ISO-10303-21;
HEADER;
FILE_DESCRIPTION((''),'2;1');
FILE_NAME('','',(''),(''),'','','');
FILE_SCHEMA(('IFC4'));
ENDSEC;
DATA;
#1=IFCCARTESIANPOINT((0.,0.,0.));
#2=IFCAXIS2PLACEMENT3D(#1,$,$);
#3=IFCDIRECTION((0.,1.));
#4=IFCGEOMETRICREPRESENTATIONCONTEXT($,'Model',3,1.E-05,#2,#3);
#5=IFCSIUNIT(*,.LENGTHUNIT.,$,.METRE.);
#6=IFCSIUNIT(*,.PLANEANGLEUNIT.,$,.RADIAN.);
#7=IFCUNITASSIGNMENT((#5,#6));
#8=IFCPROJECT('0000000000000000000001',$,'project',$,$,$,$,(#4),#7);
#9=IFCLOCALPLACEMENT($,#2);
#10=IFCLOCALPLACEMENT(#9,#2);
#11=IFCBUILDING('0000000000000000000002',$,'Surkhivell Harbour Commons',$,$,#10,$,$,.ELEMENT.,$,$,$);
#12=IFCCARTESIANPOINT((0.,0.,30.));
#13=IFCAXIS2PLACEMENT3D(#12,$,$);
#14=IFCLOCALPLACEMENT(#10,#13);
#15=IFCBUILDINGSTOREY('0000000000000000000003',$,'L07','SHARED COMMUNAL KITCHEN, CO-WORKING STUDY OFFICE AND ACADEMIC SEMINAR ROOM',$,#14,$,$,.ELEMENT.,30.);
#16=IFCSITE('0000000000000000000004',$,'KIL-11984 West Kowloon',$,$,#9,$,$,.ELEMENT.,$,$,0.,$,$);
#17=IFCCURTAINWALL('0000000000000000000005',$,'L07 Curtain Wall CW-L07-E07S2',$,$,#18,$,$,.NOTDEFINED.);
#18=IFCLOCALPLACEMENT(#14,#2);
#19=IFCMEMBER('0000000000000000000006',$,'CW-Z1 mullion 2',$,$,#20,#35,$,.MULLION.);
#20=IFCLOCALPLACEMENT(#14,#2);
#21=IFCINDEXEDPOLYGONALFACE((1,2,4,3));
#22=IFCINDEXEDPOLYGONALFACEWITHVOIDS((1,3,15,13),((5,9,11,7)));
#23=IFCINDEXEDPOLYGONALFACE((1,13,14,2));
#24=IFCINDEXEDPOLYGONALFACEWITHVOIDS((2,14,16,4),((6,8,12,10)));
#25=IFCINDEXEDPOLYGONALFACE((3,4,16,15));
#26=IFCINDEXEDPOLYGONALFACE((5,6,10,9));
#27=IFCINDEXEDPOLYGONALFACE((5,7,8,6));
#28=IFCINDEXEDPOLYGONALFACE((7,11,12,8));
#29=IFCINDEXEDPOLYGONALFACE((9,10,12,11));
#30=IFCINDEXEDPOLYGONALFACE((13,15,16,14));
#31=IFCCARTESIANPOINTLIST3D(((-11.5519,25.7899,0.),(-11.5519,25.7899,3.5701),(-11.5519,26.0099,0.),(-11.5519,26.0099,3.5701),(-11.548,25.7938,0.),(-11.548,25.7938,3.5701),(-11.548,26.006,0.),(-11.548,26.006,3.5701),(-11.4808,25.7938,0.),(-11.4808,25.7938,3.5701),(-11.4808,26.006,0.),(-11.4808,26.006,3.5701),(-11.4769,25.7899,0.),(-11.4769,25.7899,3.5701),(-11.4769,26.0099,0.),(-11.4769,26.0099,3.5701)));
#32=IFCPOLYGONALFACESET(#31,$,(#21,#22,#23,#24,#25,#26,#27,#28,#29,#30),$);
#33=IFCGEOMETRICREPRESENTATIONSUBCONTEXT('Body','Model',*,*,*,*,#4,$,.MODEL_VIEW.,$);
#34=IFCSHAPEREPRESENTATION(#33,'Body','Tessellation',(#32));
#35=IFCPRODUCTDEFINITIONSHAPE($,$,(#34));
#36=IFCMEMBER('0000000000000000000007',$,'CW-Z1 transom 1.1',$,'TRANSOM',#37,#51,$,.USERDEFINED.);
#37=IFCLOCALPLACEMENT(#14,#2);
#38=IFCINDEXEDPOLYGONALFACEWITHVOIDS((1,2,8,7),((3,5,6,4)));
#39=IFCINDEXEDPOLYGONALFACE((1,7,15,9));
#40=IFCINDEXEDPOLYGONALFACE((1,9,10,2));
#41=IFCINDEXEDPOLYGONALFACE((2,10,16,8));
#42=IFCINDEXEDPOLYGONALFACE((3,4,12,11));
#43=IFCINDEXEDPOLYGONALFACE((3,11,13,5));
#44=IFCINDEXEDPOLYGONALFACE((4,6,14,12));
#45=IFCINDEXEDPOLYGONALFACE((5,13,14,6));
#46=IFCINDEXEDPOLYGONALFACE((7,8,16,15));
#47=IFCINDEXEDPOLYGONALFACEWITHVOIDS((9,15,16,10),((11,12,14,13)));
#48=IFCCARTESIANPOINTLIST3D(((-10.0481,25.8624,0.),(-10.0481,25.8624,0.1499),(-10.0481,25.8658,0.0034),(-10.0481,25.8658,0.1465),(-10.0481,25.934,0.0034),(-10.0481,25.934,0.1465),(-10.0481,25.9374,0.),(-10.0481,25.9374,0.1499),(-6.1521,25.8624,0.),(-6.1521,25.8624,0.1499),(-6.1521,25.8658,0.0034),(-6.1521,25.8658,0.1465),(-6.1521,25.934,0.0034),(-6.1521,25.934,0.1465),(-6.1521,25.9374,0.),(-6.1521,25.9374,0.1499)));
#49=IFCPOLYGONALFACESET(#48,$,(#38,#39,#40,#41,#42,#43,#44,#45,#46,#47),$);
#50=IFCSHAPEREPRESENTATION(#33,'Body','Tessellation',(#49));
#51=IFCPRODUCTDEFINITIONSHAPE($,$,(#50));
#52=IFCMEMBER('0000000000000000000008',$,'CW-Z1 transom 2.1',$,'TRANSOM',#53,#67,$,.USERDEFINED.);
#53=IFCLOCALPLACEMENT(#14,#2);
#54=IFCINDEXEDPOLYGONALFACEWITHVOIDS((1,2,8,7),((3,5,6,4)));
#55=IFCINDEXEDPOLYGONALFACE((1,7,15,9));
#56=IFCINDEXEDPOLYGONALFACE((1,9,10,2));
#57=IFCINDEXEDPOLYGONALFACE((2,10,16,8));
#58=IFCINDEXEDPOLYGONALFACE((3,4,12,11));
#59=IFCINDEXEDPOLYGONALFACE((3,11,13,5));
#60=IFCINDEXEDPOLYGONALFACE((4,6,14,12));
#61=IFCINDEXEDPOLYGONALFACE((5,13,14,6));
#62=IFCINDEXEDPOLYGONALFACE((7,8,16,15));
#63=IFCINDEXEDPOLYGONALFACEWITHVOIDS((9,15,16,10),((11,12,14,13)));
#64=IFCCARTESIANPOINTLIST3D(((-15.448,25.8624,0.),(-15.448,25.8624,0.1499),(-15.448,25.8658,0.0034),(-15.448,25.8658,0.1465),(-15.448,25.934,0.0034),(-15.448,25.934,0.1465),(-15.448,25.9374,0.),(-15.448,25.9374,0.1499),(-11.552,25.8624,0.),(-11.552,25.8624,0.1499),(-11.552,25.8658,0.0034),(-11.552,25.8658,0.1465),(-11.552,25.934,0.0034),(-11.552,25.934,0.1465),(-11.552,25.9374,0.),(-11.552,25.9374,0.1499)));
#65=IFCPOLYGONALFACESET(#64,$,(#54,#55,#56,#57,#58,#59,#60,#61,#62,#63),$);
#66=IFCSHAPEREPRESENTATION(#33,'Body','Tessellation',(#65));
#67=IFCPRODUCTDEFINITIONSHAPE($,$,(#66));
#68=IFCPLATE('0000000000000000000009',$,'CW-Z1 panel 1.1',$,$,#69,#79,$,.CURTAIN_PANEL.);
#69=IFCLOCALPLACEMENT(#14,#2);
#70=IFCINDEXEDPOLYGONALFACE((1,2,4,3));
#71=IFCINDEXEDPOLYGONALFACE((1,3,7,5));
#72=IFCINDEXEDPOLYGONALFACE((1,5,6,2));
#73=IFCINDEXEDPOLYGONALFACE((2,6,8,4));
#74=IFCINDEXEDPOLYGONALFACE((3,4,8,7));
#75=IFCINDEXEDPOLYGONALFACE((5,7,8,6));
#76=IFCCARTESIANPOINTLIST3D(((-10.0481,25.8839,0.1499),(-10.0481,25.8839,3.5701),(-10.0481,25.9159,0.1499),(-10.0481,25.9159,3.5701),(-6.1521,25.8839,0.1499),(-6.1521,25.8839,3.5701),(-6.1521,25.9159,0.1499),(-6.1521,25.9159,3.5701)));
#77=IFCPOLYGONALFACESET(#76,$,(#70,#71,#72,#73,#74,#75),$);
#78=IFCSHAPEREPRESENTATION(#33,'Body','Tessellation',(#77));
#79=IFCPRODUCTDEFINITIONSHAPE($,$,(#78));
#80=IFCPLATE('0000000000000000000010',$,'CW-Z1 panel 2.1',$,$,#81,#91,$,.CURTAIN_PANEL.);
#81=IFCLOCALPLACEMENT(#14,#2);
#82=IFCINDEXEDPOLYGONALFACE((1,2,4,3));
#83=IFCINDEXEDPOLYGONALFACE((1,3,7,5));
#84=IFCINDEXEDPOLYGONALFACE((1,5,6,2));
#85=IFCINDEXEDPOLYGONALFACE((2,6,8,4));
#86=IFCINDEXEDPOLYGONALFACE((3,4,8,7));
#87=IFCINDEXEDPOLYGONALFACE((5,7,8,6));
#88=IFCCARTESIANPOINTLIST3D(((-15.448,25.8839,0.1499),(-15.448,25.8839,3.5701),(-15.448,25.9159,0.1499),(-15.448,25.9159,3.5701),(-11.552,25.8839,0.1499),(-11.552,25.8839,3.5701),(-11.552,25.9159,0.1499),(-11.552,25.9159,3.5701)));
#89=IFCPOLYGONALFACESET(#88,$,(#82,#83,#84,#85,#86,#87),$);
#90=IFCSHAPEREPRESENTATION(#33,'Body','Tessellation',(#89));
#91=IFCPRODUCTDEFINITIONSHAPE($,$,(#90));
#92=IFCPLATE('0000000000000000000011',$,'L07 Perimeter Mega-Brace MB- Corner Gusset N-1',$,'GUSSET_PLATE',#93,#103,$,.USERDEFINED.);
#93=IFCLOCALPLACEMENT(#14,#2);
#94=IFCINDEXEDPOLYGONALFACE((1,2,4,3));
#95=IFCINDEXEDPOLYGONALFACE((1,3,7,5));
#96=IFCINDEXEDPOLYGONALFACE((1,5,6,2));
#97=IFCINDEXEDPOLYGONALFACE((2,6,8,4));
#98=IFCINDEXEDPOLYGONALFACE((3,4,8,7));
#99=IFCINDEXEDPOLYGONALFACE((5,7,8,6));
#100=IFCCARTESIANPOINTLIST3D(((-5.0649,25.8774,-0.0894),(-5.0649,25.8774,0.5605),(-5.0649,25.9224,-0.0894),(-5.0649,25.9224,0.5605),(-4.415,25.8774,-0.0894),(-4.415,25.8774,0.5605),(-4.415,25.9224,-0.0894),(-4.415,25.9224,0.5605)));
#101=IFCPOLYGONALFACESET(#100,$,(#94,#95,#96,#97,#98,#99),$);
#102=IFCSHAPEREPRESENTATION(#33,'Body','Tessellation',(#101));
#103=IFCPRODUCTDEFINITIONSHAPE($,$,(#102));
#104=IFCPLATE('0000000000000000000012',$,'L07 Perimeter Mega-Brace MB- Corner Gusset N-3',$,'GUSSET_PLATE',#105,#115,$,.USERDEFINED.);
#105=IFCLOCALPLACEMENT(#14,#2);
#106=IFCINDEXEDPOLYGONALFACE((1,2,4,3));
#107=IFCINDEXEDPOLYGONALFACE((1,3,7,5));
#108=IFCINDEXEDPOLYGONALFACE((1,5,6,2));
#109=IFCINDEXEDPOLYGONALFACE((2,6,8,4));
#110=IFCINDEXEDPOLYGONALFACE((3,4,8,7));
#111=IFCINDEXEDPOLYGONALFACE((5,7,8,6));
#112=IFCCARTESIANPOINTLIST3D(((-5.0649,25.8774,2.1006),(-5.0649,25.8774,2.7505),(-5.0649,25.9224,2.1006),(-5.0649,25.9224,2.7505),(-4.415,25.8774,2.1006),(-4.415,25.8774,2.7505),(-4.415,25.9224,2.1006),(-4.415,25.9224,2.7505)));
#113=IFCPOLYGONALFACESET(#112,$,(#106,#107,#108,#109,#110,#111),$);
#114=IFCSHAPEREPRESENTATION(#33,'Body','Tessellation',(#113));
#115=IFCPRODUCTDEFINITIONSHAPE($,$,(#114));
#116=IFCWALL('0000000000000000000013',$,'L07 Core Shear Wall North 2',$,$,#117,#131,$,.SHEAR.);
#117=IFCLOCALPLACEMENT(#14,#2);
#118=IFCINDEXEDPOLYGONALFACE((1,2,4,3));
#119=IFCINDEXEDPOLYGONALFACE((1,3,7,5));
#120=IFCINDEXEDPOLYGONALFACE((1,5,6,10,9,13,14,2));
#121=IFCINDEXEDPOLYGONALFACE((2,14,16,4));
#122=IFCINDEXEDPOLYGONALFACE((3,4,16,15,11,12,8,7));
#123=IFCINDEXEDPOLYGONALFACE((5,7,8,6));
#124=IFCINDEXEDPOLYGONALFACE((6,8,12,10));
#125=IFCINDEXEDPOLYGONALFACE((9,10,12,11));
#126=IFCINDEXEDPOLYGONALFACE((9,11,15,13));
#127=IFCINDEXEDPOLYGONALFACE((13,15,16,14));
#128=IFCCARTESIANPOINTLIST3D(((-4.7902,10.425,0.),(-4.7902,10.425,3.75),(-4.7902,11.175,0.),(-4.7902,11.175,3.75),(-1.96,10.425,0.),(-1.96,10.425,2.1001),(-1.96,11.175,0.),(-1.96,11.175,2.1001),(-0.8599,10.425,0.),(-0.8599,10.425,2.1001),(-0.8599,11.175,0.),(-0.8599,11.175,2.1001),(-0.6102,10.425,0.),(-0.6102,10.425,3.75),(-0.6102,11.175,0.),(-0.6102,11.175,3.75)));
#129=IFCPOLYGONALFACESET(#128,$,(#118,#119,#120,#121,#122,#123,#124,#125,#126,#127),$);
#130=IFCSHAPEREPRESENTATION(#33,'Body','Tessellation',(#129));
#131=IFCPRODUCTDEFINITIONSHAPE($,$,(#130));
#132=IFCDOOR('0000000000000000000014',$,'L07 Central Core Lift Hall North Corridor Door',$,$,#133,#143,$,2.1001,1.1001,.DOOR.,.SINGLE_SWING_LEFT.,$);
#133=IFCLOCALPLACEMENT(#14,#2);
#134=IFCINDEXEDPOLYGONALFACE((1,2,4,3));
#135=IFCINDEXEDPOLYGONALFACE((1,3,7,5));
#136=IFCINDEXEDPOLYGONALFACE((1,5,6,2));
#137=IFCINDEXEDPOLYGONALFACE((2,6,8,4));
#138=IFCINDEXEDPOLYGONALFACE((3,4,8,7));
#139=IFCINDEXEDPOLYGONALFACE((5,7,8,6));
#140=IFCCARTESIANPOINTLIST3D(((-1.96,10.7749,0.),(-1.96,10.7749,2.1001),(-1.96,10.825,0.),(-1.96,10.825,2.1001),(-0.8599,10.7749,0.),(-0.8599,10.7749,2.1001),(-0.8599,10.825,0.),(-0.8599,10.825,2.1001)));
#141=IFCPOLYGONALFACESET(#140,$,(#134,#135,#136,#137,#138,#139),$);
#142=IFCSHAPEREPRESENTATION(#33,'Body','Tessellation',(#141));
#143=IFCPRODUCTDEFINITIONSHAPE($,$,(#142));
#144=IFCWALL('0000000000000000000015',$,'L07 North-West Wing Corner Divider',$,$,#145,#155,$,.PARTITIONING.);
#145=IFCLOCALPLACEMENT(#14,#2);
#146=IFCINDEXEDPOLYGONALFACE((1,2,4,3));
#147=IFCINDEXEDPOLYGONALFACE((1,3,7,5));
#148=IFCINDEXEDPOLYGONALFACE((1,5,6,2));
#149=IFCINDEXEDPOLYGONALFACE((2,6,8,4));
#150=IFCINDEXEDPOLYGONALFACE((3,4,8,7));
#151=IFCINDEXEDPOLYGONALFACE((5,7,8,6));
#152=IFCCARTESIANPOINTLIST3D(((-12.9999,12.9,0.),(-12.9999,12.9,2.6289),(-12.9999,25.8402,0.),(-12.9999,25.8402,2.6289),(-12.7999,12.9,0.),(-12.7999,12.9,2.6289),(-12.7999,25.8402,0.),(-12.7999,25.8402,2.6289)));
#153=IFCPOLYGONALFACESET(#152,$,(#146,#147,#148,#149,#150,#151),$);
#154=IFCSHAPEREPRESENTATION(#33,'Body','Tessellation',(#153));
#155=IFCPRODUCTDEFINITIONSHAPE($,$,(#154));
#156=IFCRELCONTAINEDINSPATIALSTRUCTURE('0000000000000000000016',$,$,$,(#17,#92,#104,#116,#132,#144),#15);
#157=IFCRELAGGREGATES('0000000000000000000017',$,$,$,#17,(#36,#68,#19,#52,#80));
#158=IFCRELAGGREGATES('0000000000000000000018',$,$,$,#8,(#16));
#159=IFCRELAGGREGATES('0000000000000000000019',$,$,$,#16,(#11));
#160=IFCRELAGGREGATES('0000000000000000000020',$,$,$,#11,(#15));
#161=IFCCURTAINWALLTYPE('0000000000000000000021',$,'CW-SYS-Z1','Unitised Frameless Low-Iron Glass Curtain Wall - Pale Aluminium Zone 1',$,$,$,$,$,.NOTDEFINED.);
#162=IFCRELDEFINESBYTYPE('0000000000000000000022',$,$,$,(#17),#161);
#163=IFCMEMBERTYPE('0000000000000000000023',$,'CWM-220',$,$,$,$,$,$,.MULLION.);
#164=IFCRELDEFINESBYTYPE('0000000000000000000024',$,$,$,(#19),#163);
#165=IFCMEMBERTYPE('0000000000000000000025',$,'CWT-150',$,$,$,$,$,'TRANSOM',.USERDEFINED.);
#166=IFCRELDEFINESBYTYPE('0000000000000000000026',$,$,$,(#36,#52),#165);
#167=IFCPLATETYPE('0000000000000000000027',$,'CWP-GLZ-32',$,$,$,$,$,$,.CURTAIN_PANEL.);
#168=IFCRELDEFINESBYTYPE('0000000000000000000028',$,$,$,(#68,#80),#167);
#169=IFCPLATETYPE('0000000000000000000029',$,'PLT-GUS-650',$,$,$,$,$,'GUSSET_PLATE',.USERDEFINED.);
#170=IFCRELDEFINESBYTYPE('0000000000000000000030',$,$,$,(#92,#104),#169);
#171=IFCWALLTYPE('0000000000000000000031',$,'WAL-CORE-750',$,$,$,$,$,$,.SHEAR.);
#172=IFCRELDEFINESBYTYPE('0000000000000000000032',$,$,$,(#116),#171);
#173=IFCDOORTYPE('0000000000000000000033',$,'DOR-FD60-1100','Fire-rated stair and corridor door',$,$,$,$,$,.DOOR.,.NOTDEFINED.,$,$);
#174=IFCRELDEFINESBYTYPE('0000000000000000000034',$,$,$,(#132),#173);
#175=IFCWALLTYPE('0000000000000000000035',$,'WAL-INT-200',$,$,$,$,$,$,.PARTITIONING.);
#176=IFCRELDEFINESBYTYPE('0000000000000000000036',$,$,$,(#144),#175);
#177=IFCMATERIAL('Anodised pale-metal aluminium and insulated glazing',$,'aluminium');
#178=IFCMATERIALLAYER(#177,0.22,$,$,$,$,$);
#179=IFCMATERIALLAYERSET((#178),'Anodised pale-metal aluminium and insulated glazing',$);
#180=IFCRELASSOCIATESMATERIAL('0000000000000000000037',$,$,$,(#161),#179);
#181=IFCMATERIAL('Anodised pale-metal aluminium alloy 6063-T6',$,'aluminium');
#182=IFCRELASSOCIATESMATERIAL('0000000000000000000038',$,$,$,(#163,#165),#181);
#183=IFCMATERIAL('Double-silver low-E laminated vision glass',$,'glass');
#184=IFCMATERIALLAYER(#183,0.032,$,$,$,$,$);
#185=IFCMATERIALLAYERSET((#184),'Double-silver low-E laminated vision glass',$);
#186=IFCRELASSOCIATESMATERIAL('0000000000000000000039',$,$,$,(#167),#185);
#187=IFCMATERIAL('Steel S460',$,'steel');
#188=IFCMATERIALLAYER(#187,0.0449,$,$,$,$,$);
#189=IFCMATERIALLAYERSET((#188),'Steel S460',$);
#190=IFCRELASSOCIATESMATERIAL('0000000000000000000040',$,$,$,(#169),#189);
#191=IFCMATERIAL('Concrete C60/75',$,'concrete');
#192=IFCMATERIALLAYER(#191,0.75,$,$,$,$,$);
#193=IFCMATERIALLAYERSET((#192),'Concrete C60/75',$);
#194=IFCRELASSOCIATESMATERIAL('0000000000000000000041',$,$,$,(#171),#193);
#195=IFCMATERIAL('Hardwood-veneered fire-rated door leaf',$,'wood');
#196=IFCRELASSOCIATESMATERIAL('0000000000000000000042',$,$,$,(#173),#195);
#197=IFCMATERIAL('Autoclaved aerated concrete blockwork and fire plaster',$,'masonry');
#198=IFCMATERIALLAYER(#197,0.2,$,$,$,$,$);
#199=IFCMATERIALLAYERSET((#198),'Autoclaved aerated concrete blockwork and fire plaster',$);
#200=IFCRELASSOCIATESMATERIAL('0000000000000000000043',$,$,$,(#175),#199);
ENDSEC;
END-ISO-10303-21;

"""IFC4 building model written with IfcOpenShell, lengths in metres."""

from ifc_helpers import new_model, si_unit, direction, frame, frame_2d, origin, origin_2d, place, context, subcontext, project, spatial, rectangle, hollow_rectangle, extrude, material, layer, layer_set, material_profile, profile_set, type_object, element, fill, aggregate, save


model = new_model("IFC4")

# Units and contexts
model_context = context("Model", 3, precision=1e-05, world=origin(), true_north=direction((0.0, 1.0)))
body_context = subcontext(model_context, "Body", "Model", "MODEL_VIEW")
ifc_project = project(units=[si_unit("LENGTHUNIT", "METRE"), si_unit("PLANEANGLEUNIT", "RADIAN")], contexts=[model_context])

# Site, building, storey
site_placement = place(None, origin())
site = spatial("IfcSite", under=ifc_project, at=site_placement, Name="KIL-11984 West Kowloon", CompositionType="ELEMENT", RefElevation=0.0)
building_placement = place(site_placement, origin())
building = spatial("IfcBuilding", under=site, at=building_placement, Name="Surkhivell Harbour Commons", CompositionType="ELEMENT")
storey_placement = place(building_placement, frame((0.0, 0.0, 30.0)))
storey = spatial("IfcBuildingStorey", under=building, at=storey_placement, Name="L07", Description="SHARED COMMUNAL KITCHEN, CO-WORKING STUDY OFFICE AND ACADEMIC SEMINAR ROOM", CompositionType="ELEMENT", Elevation=30.0)

# Shared definitions
ifc_material_1 = material(Name="Steel S460", Category="steel")

# Curtain wall, members, plates
ifc_material_2 = material(Name="Anodised pale-metal aluminium and insulated glazing", Category="aluminium")
ifc_layer_1 = layer(ifc_material_2, 0.22)
ifc_layer_set_1 = layer_set([ifc_layer_1], Name="Anodised pale-metal aluminium and insulated glazing")
curtain_wall_type = type_object("IfcCurtainWallType", Name="CW-SYS-Z1", Description="Unitised Frameless Low-Iron Glass Curtain Wall - Pale Aluminium Zone 1", PredefinedType="NOTDEFINED", material=ifc_layer_set_1)
curtain_wall_placement = place(storey_placement, origin())
curtain_wall = element("IfcCurtainWall", 1, at=curtain_wall_placement, inside=storey, type_object=curtain_wall_type, Name="L07 Curtain Wall CW-L07-E07S2", PredefinedType="NOTDEFINED")
ifc_material_3 = material(Name="Anodised pale-metal aluminium alloy 6063-T6", Category="aluminium")
ifc_material_profile_1 = material_profile(ifc_material_3, hollow_rectangle(XDim=0.075, YDim=0.22, WallThickness=0.0039, at=origin_2d()), Name="ALU-MULL-75x220")
ifc_profile_set_1 = profile_set([ifc_material_profile_1], Name="Anodised pale-metal aluminium alloy 6063-T6")
member_type_1 = type_object("IfcMemberType", Name="CWM-220", PredefinedType="MULLION", material=ifc_profile_set_1)
member_1_placement = place(storey_placement, frame((-11.5144, 25.8999, 0.0), z_axis=(0.0, 0.0, 1.0), x_axis=(-1.0, 0.0, 0.0)))
member_1 = element("IfcMember", 2, at=member_1_placement, type_object=member_type_1, Name="CW-Z1 mullion 2", PredefinedType="MULLION", context=body_context, shape_type="SweptSolid", body=[
    extrude(hollow_rectangle(XDim=0.075, YDim=0.22, WallThickness=0.0039, at=origin_2d()), origin(), (0.0, 0.0, 1.0), 3.5701),
])
ifc_material_profile_2 = material_profile(ifc_material_3, hollow_rectangle(XDim=0.075, YDim=0.1499, WallThickness=0.0034, at=origin_2d()), Name="ALU-TRAN-75x150")
ifc_profile_set_2 = profile_set([ifc_material_profile_2], Name="Anodised pale-metal aluminium alloy 6063-T6")
member_type_2 = type_object("IfcMemberType", Name="CWT-150", ElementType="TRANSOM", PredefinedType="USERDEFINED", material=ifc_profile_set_2)
member_2_placement = place(storey_placement, frame((-6.1521, 25.8999, 0.075), z_axis=(-1.0, 0.0, 0.0), x_axis=(0.0, -1.0, 0.0)))
member_2 = element("IfcMember", 3, at=member_2_placement, type_object=member_type_2, Name="CW-Z1 transom 1.1", ObjectType="TRANSOM", PredefinedType="USERDEFINED", context=body_context, shape_type="SweptSolid", body=[
    extrude(hollow_rectangle(XDim=0.075, YDim=0.1499, WallThickness=0.0034, at=origin_2d()), origin(), (0.0, 0.0, 1.0), 3.896),
])
member_3_placement = place(storey_placement, frame((-11.552, 25.8999, 0.075), z_axis=(-1.0, 0.0, 0.0), x_axis=(0.0, -1.0, 0.0)))
member_3 = element("IfcMember", 4, at=member_3_placement, type_object=member_type_2, Name="CW-Z1 transom 2.1", ObjectType="TRANSOM", PredefinedType="USERDEFINED", context=body_context, shape_type="SweptSolid", body=[
    extrude(hollow_rectangle(XDim=0.075, YDim=0.1499, WallThickness=0.0034, at=origin_2d()), origin(), (0.0, 0.0, 1.0), 3.896),
])
ifc_material_4 = material(Name="Double-silver low-E laminated vision glass", Category="glass")
ifc_layer_2 = layer(ifc_material_4, 0.032)
ifc_layer_set_2 = layer_set([ifc_layer_2], Name="Double-silver low-E laminated vision glass")
plate_type_1 = type_object("IfcPlateType", Name="CWP-GLZ-32", PredefinedType="CURTAIN_PANEL", material=ifc_layer_set_2)
plate_1_placement = place(storey_placement, frame((-6.1521, 25.8999, 0.1499), z_axis=(0.0, 0.0, 1.0), x_axis=(-1.0, 0.0, 0.0)))
plate_1 = element("IfcPlate", 5, at=plate_1_placement, type_object=plate_type_1, Name="CW-Z1 panel 1.1", PredefinedType="CURTAIN_PANEL", context=body_context, shape_type="SweptSolid", body=[
    extrude(rectangle(XDim=3.896, YDim=0.032, at=frame_2d((1.948, 0.0))), origin(), (0.0, 0.0, 1.0), 3.4202),
])
plate_2_placement = place(storey_placement, frame((-11.552, 25.8999, 0.1499), z_axis=(0.0, 0.0, 1.0), x_axis=(-1.0, 0.0, 0.0)))
plate_2 = element("IfcPlate", 6, at=plate_2_placement, type_object=plate_type_1, Name="CW-Z1 panel 2.1", PredefinedType="CURTAIN_PANEL", context=body_context, shape_type="SweptSolid", body=[
    extrude(rectangle(XDim=3.896, YDim=0.032, at=frame_2d((1.948, 0.0))), origin(), (0.0, 0.0, 1.0), 3.4202),
])
aggregate(curtain_wall, [member_2, plate_1, member_1, member_3, plate_2])

# Plates
ifc_layer_3 = layer(ifc_material_1, 0.0449)
ifc_layer_set_3 = layer_set([ifc_layer_3], Name="Steel S460")
plate_type_2 = type_object("IfcPlateType", Name="PLT-GUS-650", ElementType="GUSSET_PLATE", PredefinedType="USERDEFINED", material=ifc_layer_set_3)
for number, where, z_axis, x_axis, name in (
    (7, (-4.74, 25.8999, -0.0894), (0.0, 0.0, 1.0), (1.0, 0.0, 0.0), "L07 Perimeter Mega-Brace MB- Corner Gusset N-1"),
    (8, (-4.74, 25.8999, 2.1006), (0.0, 0.0, 1.0), (1.0, 0.0, 0.0), "L07 Perimeter Mega-Brace MB- Corner Gusset N-3"),
):
    element("IfcPlate", number, at=place(storey_placement, frame(where, z_axis=z_axis, x_axis=x_axis)), inside=storey, type_object=plate_type_2, Name=name, ObjectType="GUSSET_PLATE", PredefinedType="USERDEFINED", context=body_context, shape_type="SweptSolid", body=[
        extrude(rectangle(XDim=0.6499, YDim=0.0449, at=origin_2d()), origin(), (0.0, 0.0, 1.0), 0.6499),
    ])

# Wall, opening, door
ifc_material_5 = material(Name="Concrete C60/75", Category="concrete")
ifc_layer_4 = layer(ifc_material_5, 0.75)
ifc_layer_set_4 = layer_set([ifc_layer_4], Name="Concrete C60/75")
wall_type_1 = type_object("IfcWallType", Name="WAL-CORE-750", PredefinedType="SHEAR", material=ifc_layer_set_4)
wall_1_placement = place(storey_placement, frame((-4.79, 10.8, 0.0), z_axis=(0.0, 0.0, 1.0), x_axis=(1.0, 0.0, 0.0)))
wall_1 = element("IfcWall", 9, at=wall_1_placement, inside=storey, type_object=wall_type_1, Name="L07 Core Shear Wall North 2", PredefinedType="SHEAR", context=body_context, shape_type="SweptSolid", body=[
    extrude(rectangle(XDim=4.1799, YDim=0.75, at=frame_2d((2.0898, 0.0))), origin(), (0.0, 0.0, 1.0), 3.75),
])
opening_1_placement = place(wall_1_placement, frame((2.8301, 0.0, 0.0)))
opening_1 = element("IfcOpeningElement", 10, at=opening_1_placement, cuts=wall_1, PredefinedType="OPENING", context=body_context, shape_type="SweptSolid", body=[
    extrude(rectangle(XDim=1.1001, YDim=2.1001, at=frame_2d((0.55, 1.05))), frame((0.0, 0.385, 0.0), z_axis=(0.0, -1.0, 0.0), x_axis=(1.0, 0.0, 0.0)), (0.0, 0.0, 1.0), 0.77),
])
ifc_material_6 = material(Name="Hardwood-veneered fire-rated door leaf", Category="wood")
door_type_1 = type_object("IfcDoorType", Name="DOR-FD60-1100", Description="Fire-rated stair and corridor door", OperationType="NOTDEFINED", PredefinedType="DOOR", material=ifc_material_6)
door_1_placement = place(opening_1_placement, origin())
door_1 = element("IfcDoor", 11, at=door_1_placement, inside=storey, type_object=door_type_1, Name="L07 Central Core Lift Hall North Corridor Door", OperationType="SINGLE_SWING_LEFT", OverallHeight=2.1001, OverallWidth=1.1001, PredefinedType="DOOR", context=body_context, shape_type="SweptSolid", body=[
    extrude(rectangle(XDim=1.1001, YDim=2.1001, at=frame_2d((0.55, 1.05))), frame((0.0, 0.0249, 0.0), z_axis=(0.0, -1.0, 0.0), x_axis=(1.0, 0.0, 0.0)), (0.0, 0.0, 1.0), 0.05),
])
fill(opening_1, door_1)

# Wall
ifc_material_7 = material(Name="Autoclaved aerated concrete blockwork and fire plaster", Category="masonry")
ifc_layer_5 = layer(ifc_material_7, 0.2)
ifc_layer_set_5 = layer_set([ifc_layer_5], Name="Autoclaved aerated concrete blockwork and fire plaster")
wall_type_2 = type_object("IfcWallType", Name="WAL-INT-200", PredefinedType="PARTITIONING", material=ifc_layer_set_5)
wall_2_placement = place(storey_placement, frame((-12.8999, 12.8999, 0.0), z_axis=(0.0, 0.0, 1.0), x_axis=(0.0, 1.0, 0.0)))
element("IfcWall", 12, at=wall_2_placement, inside=storey, type_object=wall_type_2, Name="L07 North-West Wing Corner Divider", PredefinedType="PARTITIONING", context=body_context, shape_type="SweptSolid", body=[
    extrude(rectangle(XDim=12.9402, YDim=0.2, at=frame_2d((6.4702, 0.0))), origin(), (0.0, 0.0, 1.0), 2.6289),
])

save(model, "model.ifc")
